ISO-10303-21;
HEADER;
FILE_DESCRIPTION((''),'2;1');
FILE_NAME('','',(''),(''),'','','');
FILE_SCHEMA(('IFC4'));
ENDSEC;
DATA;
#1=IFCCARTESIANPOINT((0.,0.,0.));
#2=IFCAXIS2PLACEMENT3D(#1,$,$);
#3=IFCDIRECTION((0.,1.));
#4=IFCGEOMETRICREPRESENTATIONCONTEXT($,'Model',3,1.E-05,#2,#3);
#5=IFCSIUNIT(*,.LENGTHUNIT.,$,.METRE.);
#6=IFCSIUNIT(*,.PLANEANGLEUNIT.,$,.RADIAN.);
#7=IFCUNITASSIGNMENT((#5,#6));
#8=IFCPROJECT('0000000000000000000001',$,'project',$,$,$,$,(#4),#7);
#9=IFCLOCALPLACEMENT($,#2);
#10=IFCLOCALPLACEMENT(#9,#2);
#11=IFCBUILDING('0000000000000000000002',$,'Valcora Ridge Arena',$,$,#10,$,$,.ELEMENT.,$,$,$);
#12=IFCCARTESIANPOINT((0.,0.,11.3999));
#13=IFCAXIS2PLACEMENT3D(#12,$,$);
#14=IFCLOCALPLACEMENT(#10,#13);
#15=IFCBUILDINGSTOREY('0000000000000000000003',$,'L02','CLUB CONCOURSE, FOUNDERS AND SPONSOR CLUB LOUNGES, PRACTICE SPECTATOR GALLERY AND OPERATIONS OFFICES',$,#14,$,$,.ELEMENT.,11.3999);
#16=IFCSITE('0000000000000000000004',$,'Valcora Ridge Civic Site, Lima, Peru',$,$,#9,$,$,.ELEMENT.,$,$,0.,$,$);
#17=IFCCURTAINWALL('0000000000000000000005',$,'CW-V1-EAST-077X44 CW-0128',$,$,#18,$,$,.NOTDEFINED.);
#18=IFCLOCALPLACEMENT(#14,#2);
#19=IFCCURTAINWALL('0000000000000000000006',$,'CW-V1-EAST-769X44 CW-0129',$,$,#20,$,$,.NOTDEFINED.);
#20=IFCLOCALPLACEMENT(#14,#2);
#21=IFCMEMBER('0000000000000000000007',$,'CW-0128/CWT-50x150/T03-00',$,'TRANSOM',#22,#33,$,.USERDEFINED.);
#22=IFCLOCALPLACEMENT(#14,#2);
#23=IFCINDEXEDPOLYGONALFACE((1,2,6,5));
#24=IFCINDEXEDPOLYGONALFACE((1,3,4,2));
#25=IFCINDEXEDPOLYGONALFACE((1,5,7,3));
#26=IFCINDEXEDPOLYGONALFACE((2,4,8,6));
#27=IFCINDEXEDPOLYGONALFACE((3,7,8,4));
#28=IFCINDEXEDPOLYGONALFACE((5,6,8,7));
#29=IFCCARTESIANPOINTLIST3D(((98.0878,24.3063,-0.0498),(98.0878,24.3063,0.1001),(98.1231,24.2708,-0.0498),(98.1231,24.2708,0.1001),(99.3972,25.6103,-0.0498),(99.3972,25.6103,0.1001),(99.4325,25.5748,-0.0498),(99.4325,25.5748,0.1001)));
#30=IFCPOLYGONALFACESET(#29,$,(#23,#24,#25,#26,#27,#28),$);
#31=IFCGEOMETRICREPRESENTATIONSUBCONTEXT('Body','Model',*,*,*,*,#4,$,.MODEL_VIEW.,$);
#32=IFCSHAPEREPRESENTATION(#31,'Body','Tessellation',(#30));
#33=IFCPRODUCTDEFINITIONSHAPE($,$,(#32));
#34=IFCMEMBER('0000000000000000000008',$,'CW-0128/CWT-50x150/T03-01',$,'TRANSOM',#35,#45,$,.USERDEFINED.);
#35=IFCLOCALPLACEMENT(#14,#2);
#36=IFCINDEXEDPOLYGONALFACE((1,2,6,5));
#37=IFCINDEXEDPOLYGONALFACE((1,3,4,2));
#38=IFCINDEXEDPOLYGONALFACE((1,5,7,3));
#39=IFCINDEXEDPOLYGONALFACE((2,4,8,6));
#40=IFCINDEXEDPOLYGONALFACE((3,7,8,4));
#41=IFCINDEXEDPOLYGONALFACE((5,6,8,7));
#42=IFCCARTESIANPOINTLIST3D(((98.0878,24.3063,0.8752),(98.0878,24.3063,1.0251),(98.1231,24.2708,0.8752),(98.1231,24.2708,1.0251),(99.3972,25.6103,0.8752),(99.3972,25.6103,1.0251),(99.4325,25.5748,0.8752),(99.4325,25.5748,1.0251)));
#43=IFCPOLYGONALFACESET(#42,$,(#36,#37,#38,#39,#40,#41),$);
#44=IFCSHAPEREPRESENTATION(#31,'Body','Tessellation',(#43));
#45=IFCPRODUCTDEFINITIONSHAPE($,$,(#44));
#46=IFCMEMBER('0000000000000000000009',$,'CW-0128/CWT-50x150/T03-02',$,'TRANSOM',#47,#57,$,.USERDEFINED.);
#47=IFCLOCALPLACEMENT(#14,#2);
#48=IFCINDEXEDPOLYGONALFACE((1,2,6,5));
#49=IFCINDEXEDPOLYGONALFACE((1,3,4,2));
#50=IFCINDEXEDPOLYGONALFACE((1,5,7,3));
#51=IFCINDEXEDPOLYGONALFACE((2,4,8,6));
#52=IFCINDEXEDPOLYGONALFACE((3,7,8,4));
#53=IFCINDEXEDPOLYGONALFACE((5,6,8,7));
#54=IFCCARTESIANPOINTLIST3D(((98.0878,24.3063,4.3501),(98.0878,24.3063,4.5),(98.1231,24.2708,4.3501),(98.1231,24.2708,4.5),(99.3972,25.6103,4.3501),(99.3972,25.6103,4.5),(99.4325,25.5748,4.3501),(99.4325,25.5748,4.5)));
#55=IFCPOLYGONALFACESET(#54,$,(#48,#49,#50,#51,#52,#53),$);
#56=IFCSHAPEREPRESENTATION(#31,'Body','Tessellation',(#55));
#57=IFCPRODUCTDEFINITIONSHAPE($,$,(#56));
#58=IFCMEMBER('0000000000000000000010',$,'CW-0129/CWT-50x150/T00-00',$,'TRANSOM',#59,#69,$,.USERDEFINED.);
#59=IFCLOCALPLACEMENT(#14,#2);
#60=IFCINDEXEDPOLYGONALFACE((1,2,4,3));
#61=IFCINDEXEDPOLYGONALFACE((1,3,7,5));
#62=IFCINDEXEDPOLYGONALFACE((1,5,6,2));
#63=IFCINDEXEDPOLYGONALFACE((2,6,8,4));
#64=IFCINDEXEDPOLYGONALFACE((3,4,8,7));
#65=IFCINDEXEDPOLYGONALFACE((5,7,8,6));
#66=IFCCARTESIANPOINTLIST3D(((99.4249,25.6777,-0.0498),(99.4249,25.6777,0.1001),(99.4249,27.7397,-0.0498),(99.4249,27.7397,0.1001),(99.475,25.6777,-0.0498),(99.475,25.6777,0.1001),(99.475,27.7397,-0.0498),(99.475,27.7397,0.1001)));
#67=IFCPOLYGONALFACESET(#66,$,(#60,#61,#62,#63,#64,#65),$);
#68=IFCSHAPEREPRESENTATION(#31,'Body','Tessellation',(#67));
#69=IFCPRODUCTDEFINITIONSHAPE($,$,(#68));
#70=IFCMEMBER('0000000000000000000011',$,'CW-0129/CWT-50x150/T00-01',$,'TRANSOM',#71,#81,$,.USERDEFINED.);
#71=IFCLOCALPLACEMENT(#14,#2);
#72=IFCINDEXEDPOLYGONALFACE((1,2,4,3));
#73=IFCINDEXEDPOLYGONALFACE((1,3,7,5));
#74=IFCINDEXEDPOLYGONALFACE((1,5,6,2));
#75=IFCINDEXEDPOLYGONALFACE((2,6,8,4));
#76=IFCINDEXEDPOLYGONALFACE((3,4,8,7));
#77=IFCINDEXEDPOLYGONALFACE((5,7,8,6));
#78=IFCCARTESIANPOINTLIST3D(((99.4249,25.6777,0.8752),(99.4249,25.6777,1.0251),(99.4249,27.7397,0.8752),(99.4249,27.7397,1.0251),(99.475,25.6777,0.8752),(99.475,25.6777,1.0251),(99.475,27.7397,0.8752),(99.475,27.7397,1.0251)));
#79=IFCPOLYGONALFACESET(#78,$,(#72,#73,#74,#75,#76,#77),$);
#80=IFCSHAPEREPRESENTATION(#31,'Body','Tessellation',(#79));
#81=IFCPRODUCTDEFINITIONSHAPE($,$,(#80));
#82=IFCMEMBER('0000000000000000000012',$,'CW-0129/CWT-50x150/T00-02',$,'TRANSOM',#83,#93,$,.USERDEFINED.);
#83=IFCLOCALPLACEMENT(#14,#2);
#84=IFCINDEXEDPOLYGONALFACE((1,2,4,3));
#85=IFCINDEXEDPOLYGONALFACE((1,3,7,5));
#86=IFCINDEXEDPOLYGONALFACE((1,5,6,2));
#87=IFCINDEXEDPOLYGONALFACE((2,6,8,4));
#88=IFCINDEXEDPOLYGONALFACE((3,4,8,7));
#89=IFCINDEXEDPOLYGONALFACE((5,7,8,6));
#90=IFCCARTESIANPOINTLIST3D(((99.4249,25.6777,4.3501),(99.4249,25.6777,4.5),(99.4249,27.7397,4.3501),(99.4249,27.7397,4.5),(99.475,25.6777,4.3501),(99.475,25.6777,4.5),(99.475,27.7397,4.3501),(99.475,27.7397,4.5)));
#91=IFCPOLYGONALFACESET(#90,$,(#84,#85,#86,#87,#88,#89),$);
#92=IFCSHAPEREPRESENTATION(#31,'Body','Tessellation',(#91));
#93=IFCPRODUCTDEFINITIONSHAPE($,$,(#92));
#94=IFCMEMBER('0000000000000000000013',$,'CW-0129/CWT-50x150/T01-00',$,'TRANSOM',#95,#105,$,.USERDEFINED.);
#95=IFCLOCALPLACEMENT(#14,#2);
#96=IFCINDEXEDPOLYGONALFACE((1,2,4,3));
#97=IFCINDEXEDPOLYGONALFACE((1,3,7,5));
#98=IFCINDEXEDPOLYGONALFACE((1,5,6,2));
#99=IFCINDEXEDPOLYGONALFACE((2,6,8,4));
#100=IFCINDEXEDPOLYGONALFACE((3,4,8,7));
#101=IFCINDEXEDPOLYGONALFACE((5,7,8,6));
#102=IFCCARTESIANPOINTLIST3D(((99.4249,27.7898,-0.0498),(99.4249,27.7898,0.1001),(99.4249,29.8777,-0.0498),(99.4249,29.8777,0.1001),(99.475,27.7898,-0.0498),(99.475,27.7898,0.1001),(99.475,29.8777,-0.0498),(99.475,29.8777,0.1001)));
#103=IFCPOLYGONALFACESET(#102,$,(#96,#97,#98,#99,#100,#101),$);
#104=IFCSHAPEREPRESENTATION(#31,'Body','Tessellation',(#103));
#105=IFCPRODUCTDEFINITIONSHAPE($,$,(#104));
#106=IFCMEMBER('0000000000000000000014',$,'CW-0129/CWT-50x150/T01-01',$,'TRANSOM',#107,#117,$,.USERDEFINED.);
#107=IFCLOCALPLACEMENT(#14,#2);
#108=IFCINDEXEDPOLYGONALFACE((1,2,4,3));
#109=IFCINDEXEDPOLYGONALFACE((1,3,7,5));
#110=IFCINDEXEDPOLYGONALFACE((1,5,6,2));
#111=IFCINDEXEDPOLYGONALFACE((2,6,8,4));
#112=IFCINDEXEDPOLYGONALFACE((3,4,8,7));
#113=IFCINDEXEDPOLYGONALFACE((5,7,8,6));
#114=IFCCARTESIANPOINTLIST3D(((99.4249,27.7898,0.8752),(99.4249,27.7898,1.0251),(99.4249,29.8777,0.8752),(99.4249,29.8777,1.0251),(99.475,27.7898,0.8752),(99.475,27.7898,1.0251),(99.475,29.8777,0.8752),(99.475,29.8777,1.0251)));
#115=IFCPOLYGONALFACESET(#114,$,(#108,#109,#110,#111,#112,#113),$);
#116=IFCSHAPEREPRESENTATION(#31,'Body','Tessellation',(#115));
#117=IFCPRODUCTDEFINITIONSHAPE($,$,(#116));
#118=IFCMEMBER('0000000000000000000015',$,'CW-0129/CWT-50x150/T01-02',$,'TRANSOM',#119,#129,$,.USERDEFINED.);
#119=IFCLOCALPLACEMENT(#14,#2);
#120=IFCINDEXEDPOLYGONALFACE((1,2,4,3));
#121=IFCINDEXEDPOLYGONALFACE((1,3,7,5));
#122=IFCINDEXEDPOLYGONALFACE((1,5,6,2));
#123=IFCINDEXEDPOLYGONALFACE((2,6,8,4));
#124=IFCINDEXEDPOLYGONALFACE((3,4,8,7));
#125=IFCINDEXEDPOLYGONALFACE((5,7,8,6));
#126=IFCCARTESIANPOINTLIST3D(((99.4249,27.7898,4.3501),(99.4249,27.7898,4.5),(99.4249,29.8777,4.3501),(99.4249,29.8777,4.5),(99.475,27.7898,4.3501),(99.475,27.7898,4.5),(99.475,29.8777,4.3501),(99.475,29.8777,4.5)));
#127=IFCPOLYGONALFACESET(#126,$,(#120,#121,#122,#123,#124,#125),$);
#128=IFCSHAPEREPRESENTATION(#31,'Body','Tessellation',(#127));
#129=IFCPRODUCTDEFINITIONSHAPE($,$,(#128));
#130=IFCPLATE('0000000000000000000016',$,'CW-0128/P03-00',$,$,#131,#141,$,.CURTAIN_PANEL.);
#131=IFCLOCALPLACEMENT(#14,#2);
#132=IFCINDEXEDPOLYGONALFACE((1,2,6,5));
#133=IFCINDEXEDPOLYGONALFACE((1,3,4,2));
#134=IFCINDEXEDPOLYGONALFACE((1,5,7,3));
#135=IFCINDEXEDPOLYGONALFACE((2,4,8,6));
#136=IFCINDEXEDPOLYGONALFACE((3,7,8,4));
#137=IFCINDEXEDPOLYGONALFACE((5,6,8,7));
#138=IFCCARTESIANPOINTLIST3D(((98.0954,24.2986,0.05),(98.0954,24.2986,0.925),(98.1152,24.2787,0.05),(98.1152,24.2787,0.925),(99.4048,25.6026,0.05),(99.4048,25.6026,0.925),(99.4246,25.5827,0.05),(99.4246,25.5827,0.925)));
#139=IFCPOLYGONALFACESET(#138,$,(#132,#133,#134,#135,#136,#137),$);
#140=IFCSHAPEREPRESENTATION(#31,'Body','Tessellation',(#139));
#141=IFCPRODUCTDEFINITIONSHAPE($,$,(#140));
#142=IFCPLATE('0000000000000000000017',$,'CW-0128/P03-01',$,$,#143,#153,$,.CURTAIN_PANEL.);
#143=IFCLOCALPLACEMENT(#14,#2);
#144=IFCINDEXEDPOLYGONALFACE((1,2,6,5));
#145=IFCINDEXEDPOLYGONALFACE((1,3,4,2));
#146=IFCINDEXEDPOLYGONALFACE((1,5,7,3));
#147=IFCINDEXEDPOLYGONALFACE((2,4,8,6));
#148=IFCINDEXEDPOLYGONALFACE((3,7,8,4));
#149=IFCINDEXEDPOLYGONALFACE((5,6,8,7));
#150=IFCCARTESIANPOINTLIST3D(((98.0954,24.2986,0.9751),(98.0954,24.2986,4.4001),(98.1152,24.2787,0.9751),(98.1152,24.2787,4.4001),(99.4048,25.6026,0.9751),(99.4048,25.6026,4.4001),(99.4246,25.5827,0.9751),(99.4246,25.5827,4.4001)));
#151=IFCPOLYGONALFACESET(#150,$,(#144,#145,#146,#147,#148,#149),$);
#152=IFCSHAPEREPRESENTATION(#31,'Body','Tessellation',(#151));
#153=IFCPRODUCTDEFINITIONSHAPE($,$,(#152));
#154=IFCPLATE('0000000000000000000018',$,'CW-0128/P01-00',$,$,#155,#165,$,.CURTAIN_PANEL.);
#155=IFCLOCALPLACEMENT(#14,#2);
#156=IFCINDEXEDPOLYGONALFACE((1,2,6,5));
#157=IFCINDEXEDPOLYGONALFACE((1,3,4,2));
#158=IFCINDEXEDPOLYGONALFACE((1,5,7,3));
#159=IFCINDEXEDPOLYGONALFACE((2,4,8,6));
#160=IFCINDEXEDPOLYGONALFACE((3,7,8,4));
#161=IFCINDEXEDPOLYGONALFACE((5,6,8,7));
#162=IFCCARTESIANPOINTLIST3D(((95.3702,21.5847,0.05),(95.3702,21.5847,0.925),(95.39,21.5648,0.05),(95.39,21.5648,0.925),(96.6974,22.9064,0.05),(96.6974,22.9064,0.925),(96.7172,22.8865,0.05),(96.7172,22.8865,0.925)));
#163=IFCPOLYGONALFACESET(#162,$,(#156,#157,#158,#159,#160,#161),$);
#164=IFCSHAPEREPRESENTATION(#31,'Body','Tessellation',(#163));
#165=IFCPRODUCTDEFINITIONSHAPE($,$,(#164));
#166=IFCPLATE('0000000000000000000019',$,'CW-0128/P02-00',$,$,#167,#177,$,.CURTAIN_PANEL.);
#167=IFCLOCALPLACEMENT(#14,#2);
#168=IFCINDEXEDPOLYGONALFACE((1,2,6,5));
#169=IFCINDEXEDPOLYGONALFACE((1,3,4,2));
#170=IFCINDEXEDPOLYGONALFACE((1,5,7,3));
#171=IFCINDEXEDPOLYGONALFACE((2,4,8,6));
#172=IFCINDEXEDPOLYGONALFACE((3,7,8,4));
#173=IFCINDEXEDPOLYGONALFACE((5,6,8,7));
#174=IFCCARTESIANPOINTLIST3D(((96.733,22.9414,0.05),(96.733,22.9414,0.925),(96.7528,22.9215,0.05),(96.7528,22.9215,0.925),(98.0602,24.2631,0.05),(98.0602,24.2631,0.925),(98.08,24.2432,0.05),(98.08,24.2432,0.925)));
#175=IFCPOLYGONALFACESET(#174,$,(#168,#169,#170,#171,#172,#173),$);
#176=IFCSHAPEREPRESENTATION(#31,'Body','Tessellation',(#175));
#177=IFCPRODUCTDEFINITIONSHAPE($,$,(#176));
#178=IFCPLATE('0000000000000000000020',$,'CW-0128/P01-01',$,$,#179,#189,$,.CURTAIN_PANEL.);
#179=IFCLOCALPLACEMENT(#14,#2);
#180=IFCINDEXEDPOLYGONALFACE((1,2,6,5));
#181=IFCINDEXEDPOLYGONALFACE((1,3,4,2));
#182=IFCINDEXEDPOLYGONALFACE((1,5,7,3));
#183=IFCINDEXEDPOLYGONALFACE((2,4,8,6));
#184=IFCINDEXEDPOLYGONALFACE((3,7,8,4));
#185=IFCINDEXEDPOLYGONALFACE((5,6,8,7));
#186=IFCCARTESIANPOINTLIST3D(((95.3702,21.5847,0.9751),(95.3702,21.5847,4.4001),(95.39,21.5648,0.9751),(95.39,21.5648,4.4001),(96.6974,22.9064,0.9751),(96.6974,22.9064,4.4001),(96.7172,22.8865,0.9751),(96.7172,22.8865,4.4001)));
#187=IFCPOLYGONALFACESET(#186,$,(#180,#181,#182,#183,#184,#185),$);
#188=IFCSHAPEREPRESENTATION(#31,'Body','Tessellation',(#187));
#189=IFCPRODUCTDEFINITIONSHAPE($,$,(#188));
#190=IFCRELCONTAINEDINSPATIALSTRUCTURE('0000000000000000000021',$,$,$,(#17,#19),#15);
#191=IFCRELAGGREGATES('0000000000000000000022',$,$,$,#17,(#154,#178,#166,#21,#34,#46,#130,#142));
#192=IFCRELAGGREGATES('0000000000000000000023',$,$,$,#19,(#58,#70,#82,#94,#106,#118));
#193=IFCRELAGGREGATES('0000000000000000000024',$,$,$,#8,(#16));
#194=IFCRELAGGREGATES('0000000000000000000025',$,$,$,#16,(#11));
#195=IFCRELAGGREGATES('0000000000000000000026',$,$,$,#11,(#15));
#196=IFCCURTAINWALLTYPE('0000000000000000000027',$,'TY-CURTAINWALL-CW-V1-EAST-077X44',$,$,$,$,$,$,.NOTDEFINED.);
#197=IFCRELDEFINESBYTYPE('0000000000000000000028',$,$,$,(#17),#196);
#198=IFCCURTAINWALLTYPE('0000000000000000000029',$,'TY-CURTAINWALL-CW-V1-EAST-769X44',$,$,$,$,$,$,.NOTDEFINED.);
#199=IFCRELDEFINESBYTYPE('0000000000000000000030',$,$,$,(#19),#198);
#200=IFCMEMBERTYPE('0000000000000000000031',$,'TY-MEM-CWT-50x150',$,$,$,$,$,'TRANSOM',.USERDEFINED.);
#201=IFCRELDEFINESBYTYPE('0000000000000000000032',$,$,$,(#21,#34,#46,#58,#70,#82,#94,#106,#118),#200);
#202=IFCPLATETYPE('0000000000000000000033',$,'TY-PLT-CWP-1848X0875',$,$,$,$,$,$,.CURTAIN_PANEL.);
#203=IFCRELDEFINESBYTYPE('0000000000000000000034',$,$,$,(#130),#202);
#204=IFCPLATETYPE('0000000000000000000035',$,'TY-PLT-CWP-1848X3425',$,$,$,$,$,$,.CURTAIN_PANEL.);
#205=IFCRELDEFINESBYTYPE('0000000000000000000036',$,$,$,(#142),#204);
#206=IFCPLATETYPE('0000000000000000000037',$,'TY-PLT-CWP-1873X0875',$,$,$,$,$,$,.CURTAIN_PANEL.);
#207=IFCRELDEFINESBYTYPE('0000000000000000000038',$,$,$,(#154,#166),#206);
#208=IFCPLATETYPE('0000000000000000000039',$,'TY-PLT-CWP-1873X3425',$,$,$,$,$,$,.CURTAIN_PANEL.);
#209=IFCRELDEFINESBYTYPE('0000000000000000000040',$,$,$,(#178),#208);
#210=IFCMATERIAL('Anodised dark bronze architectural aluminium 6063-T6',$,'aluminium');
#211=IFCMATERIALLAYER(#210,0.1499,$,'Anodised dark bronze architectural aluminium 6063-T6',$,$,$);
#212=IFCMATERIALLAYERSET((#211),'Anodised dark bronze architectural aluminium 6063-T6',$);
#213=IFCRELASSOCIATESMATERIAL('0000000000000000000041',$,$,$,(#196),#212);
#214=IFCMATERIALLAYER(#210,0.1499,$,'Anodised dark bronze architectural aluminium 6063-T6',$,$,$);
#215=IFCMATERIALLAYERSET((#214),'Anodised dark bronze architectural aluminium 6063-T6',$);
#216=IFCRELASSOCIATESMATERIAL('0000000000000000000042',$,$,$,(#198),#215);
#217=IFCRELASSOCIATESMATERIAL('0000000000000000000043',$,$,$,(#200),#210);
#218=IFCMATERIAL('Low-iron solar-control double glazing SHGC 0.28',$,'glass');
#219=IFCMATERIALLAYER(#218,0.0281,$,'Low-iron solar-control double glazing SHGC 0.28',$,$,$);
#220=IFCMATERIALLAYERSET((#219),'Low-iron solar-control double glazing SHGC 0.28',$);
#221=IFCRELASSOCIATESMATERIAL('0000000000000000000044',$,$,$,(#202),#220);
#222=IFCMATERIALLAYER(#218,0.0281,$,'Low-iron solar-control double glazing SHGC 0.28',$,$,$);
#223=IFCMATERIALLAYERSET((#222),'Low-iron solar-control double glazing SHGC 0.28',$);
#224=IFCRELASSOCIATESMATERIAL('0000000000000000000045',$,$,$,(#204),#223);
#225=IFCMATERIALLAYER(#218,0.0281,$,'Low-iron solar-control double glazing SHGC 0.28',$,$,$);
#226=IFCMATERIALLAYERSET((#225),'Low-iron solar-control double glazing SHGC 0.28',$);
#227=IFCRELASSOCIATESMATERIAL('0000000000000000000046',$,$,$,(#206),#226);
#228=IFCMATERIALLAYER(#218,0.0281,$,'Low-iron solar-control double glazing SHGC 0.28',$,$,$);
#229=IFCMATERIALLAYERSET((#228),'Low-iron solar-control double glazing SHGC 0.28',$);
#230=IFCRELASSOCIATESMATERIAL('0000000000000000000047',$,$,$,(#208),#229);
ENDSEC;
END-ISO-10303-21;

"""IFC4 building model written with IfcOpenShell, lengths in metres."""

from ifc_helpers import new_model, si_unit, direction, frame, origin, origin_2d, place, context, subcontext, project, spatial, rectangle, extrude, material, layer, layer_set, material_profile, profile_set, type_object, element, aggregate, save


model = new_model("IFC4")

# Units and contexts
model_context = context("Model", 3, precision=1e-05, world=origin(), true_north=direction((0.0, 1.0)))
body_context = subcontext(model_context, "Body", "Model", "MODEL_VIEW")
ifc_project = project(units=[si_unit("LENGTHUNIT", "METRE"), si_unit("PLANEANGLEUNIT", "RADIAN")], contexts=[model_context])

# Site, building, storey
site_placement = place(None, origin())
site = spatial("IfcSite", under=ifc_project, at=site_placement, Name="Valcora Ridge Civic Site, Lima, Peru", CompositionType="ELEMENT", RefElevation=0.0)
building_placement = place(site_placement, origin())
building = spatial("IfcBuilding", under=site, at=building_placement, Name="Valcora Ridge Arena", CompositionType="ELEMENT")
storey_placement = place(building_placement, frame((0.0, 0.0, 11.3999)))
storey = spatial("IfcBuildingStorey", under=building, at=storey_placement, Name="L02", Description="CLUB CONCOURSE, FOUNDERS AND SPONSOR CLUB LOUNGES, PRACTICE SPECTATOR GALLERY AND OPERATIONS OFFICES", CompositionType="ELEMENT", Elevation=11.3999)

# Curtain walls
ifc_material_1 = material(Name="Anodised dark bronze architectural aluminium 6063-T6", Category="aluminium")
ifc_layer_1 = layer(ifc_material_1, 0.1499, Name="Anodised dark bronze architectural aluminium 6063-T6")
ifc_layer_set_1 = layer_set([ifc_layer_1], Name="Anodised dark bronze architectural aluminium 6063-T6")
curtain_wall_type_1 = type_object("IfcCurtainWallType", Name="TY-CURTAINWALL-CW-V1-EAST-077X44", PredefinedType="NOTDEFINED", material=ifc_layer_set_1)
curtain_wall_1_placement = place(storey_placement, origin())
curtain_wall_1 = element("IfcCurtainWall", 1, at=curtain_wall_1_placement, inside=storey, type_object=curtain_wall_type_1, Name="CW-V1-EAST-077X44 CW-0128", PredefinedType="NOTDEFINED")
ifc_layer_2 = layer(ifc_material_1, 0.1499, Name="Anodised dark bronze architectural aluminium 6063-T6")
ifc_layer_set_2 = layer_set([ifc_layer_2], Name="Anodised dark bronze architectural aluminium 6063-T6")
curtain_wall_type_2 = type_object("IfcCurtainWallType", Name="TY-CURTAINWALL-CW-V1-EAST-769X44", PredefinedType="NOTDEFINED", material=ifc_layer_set_2)
curtain_wall_2_placement = place(storey_placement, origin())
curtain_wall_2 = element("IfcCurtainWall", 2, at=curtain_wall_2_placement, inside=storey, type_object=curtain_wall_type_2, Name="CW-V1-EAST-769X44 CW-0129", PredefinedType="NOTDEFINED")

# Members
ifc_material_profile_1 = material_profile(ifc_material_1, rectangle(XDim=0.05, YDim=0.1499, at=origin_2d()), Name="ALU TRANSOM 50x150")
ifc_profile_set_1 = profile_set([ifc_material_profile_1], Name="Anodised dark bronze architectural aluminium 6063-T6")
member_type_1 = type_object("IfcMemberType", Name="TY-MEM-CWT-50x150", ElementType="TRANSOM", PredefinedType="USERDEFINED", material=ifc_profile_set_1)
member_1_placement = place(storey_placement, frame((98.1055, 24.2886, 0.0251), z_axis=(0.708559, 0.705652, 0.0), x_axis=(-0.705652, 0.708559, 0.0)))
member_1 = element("IfcMember", 3, at=member_1_placement, type_object=member_type_1, Name="CW-0128/CWT-50x150/T03-00", ObjectType="TRANSOM", PredefinedType="USERDEFINED", context=body_context, shape_type="SweptSolid", body=[
    extrude(rectangle(XDim=0.05, YDim=0.1499, at=origin_2d()), origin(), (0.0, 0.0, 1.0), 1.8479),
])
member_2_placement = place(storey_placement, frame((98.1055, 24.2886, 0.9502), z_axis=(0.708559, 0.705652, 0.0), x_axis=(-0.705652, 0.708559, 0.0)))
member_2 = element("IfcMember", 4, at=member_2_placement, type_object=member_type_1, Name="CW-0128/CWT-50x150/T03-01", ObjectType="TRANSOM", PredefinedType="USERDEFINED", context=body_context, shape_type="SweptSolid", body=[
    extrude(rectangle(XDim=0.05, YDim=0.1499, at=origin_2d()), origin(), (0.0, 0.0, 1.0), 1.8479),
])
member_3_placement = place(storey_placement, frame((98.1055, 24.2886, 4.425), z_axis=(0.708559, 0.705652, 0.0), x_axis=(-0.705652, 0.708559, 0.0)))
member_3 = element("IfcMember", 5, at=member_3_placement, type_object=member_type_1, Name="CW-0128/CWT-50x150/T03-02", ObjectType="TRANSOM", PredefinedType="USERDEFINED", context=body_context, shape_type="SweptSolid", body=[
    extrude(rectangle(XDim=0.05, YDim=0.1499, at=origin_2d()), origin(), (0.0, 0.0, 1.0), 1.8479),
])
member_4_placement = place(storey_placement, frame((99.45, 25.6777, 0.0251), z_axis=(0.0, 1.0, 0.0), x_axis=(-1.0, 0.0, 0.0)))
member_4 = element("IfcMember", 6, at=member_4_placement, type_object=member_type_1, Name="CW-0129/CWT-50x150/T00-00", ObjectType="TRANSOM", PredefinedType="USERDEFINED", context=body_context, shape_type="SweptSolid", body=[
    extrude(rectangle(XDim=0.05, YDim=0.1499, at=origin_2d()), origin(), (0.0, 0.0, 1.0), 2.062),
])
member_5_placement = place(storey_placement, frame((99.45, 25.6777, 0.9502), z_axis=(0.0, 1.0, 0.0), x_axis=(-1.0, 0.0, 0.0)))
member_5 = element("IfcMember", 7, at=member_5_placement, type_object=member_type_1, Name="CW-0129/CWT-50x150/T00-01", ObjectType="TRANSOM", PredefinedType="USERDEFINED", context=body_context, shape_type="SweptSolid", body=[
    extrude(rectangle(XDim=0.05, YDim=0.1499, at=origin_2d()), origin(), (0.0, 0.0, 1.0), 2.062),
])
member_6_placement = place(storey_placement, frame((99.45, 25.6777, 4.425), z_axis=(0.0, 1.0, 0.0), x_axis=(-1.0, 0.0, 0.0)))
member_6 = element("IfcMember", 8, at=member_6_placement, type_object=member_type_1, Name="CW-0129/CWT-50x150/T00-02", ObjectType="TRANSOM", PredefinedType="USERDEFINED", context=body_context, shape_type="SweptSolid", body=[
    extrude(rectangle(XDim=0.05, YDim=0.1499, at=origin_2d()), origin(), (0.0, 0.0, 1.0), 2.062),
])
member_7_placement = place(storey_placement, frame((99.45, 27.7898, 0.0251), z_axis=(0.0, 1.0, 0.0), x_axis=(-1.0, 0.0, 0.0)))
member_7 = element("IfcMember", 9, at=member_7_placement, type_object=member_type_1, Name="CW-0129/CWT-50x150/T01-00", ObjectType="TRANSOM", PredefinedType="USERDEFINED", context=body_context, shape_type="SweptSolid", body=[
    extrude(rectangle(XDim=0.05, YDim=0.1499, at=origin_2d()), origin(), (0.0, 0.0, 1.0), 2.0879),
])
member_8_placement = place(storey_placement, frame((99.45, 27.7898, 0.9502), z_axis=(0.0, 1.0, 0.0), x_axis=(-1.0, 0.0, 0.0)))
member_8 = element("IfcMember", 10, at=member_8_placement, type_object=member_type_1, Name="CW-0129/CWT-50x150/T01-01", ObjectType="TRANSOM", PredefinedType="USERDEFINED", context=body_context, shape_type="SweptSolid", body=[
    extrude(rectangle(XDim=0.05, YDim=0.1499, at=origin_2d()), origin(), (0.0, 0.0, 1.0), 2.0879),
])
member_9_placement = place(storey_placement, frame((99.45, 27.7898, 4.425), z_axis=(0.0, 1.0, 0.0), x_axis=(-1.0, 0.0, 0.0)))
member_9 = element("IfcMember", 11, at=member_9_placement, type_object=member_type_1, Name="CW-0129/CWT-50x150/T01-02", ObjectType="TRANSOM", PredefinedType="USERDEFINED", context=body_context, shape_type="SweptSolid", body=[
    extrude(rectangle(XDim=0.05, YDim=0.1499, at=origin_2d()), origin(), (0.0, 0.0, 1.0), 2.0879),
])

# Plates
ifc_material_2 = material(Name="Low-iron solar-control double glazing SHGC 0.28", Category="glass")
ifc_layer_3 = layer(ifc_material_2, 0.0281, Name="Low-iron solar-control double glazing SHGC 0.28")
ifc_layer_set_3 = layer_set([ifc_layer_3], Name="Low-iron solar-control double glazing SHGC 0.28")
plate_type_1 = type_object("IfcPlateType", Name="TY-PLT-CWP-1848X0875", PredefinedType="CURTAIN_PANEL", material=ifc_layer_set_3)
plate_1_placement = place(storey_placement, frame((98.76, 24.9407, 0.05), z_axis=(0.0, 0.0, 1.0), x_axis=(0.708555, 0.705655, 0.0)))
plate_1 = element("IfcPlate", 12, at=plate_1_placement, type_object=plate_type_1, Name="CW-0128/P03-00", PredefinedType="CURTAIN_PANEL", context=body_context, shape_type="SweptSolid", body=[
    extrude(rectangle(XDim=1.8479, YDim=0.0281, at=origin_2d()), origin(), (0.0, 0.0, 1.0), 0.875),
])
ifc_layer_4 = layer(ifc_material_2, 0.0281, Name="Low-iron solar-control double glazing SHGC 0.28")
ifc_layer_set_4 = layer_set([ifc_layer_4], Name="Low-iron solar-control double glazing SHGC 0.28")
plate_type_2 = type_object("IfcPlateType", Name="TY-PLT-CWP-1848X3425", PredefinedType="CURTAIN_PANEL", material=ifc_layer_set_4)
plate_2_placement = place(storey_placement, frame((98.76, 24.9407, 0.9751), z_axis=(0.0, 0.0, 1.0), x_axis=(0.708555, 0.705655, 0.0)))
plate_2 = element("IfcPlate", 13, at=plate_2_placement, type_object=plate_type_2, Name="CW-0128/P03-01", PredefinedType="CURTAIN_PANEL", context=body_context, shape_type="SweptSolid", body=[
    extrude(rectangle(XDim=1.8479, YDim=0.0281, at=origin_2d()), origin(), (0.0, 0.0, 1.0), 3.425),
])
ifc_layer_5 = layer(ifc_material_2, 0.0281, Name="Low-iron solar-control double glazing SHGC 0.28")
ifc_layer_set_5 = layer_set([ifc_layer_5], Name="Low-iron solar-control double glazing SHGC 0.28")
plate_type_3 = type_object("IfcPlateType", Name="TY-PLT-CWP-1873X0875", PredefinedType="CURTAIN_PANEL", material=ifc_layer_set_5)
plate_3_placement = place(storey_placement, frame((96.0437, 22.2356, 0.05), z_axis=(0.0, 0.0, 1.0), x_axis=(0.708555, 0.705655, 0.0)))
plate_3 = element("IfcPlate", 14, at=plate_3_placement, type_object=plate_type_3, Name="CW-0128/P01-00", PredefinedType="CURTAIN_PANEL", context=body_context, shape_type="SweptSolid", body=[
    extrude(rectangle(XDim=1.873, YDim=0.0281, at=origin_2d()), origin(), (0.0, 0.0, 1.0), 0.875),
])
plate_4_placement = place(storey_placement, frame((97.4065, 23.5923, 0.05), z_axis=(0.0, 0.0, 1.0), x_axis=(0.708555, 0.705655, 0.0)))
plate_4 = element("IfcPlate", 15, at=plate_4_placement, type_object=plate_type_3, Name="CW-0128/P02-00", PredefinedType="CURTAIN_PANEL", context=body_context, shape_type="SweptSolid", body=[
    extrude(rectangle(XDim=1.873, YDim=0.0281, at=origin_2d()), origin(), (0.0, 0.0, 1.0), 0.875),
])
ifc_layer_6 = layer(ifc_material_2, 0.0281, Name="Low-iron solar-control double glazing SHGC 0.28")
ifc_layer_set_6 = layer_set([ifc_layer_6], Name="Low-iron solar-control double glazing SHGC 0.28")
plate_type_4 = type_object("IfcPlateType", Name="TY-PLT-CWP-1873X3425", PredefinedType="CURTAIN_PANEL", material=ifc_layer_set_6)
plate_5_placement = place(storey_placement, frame((96.0437, 22.2356, 0.9751), z_axis=(0.0, 0.0, 1.0), x_axis=(0.708555, 0.705655, 0.0)))
plate_5 = element("IfcPlate", 16, at=plate_5_placement, type_object=plate_type_4, Name="CW-0128/P01-01", PredefinedType="CURTAIN_PANEL", context=body_context, shape_type="SweptSolid", body=[
    extrude(rectangle(XDim=1.873, YDim=0.0281, at=origin_2d()), origin(), (0.0, 0.0, 1.0), 3.425),
])
aggregate(curtain_wall_1, [plate_3, plate_5, plate_4, member_1, member_2, member_3, plate_1, plate_2])
aggregate(curtain_wall_2, [member_4, member_5, member_6, member_7, member_8, member_9])

save(model, "model.ifc")
